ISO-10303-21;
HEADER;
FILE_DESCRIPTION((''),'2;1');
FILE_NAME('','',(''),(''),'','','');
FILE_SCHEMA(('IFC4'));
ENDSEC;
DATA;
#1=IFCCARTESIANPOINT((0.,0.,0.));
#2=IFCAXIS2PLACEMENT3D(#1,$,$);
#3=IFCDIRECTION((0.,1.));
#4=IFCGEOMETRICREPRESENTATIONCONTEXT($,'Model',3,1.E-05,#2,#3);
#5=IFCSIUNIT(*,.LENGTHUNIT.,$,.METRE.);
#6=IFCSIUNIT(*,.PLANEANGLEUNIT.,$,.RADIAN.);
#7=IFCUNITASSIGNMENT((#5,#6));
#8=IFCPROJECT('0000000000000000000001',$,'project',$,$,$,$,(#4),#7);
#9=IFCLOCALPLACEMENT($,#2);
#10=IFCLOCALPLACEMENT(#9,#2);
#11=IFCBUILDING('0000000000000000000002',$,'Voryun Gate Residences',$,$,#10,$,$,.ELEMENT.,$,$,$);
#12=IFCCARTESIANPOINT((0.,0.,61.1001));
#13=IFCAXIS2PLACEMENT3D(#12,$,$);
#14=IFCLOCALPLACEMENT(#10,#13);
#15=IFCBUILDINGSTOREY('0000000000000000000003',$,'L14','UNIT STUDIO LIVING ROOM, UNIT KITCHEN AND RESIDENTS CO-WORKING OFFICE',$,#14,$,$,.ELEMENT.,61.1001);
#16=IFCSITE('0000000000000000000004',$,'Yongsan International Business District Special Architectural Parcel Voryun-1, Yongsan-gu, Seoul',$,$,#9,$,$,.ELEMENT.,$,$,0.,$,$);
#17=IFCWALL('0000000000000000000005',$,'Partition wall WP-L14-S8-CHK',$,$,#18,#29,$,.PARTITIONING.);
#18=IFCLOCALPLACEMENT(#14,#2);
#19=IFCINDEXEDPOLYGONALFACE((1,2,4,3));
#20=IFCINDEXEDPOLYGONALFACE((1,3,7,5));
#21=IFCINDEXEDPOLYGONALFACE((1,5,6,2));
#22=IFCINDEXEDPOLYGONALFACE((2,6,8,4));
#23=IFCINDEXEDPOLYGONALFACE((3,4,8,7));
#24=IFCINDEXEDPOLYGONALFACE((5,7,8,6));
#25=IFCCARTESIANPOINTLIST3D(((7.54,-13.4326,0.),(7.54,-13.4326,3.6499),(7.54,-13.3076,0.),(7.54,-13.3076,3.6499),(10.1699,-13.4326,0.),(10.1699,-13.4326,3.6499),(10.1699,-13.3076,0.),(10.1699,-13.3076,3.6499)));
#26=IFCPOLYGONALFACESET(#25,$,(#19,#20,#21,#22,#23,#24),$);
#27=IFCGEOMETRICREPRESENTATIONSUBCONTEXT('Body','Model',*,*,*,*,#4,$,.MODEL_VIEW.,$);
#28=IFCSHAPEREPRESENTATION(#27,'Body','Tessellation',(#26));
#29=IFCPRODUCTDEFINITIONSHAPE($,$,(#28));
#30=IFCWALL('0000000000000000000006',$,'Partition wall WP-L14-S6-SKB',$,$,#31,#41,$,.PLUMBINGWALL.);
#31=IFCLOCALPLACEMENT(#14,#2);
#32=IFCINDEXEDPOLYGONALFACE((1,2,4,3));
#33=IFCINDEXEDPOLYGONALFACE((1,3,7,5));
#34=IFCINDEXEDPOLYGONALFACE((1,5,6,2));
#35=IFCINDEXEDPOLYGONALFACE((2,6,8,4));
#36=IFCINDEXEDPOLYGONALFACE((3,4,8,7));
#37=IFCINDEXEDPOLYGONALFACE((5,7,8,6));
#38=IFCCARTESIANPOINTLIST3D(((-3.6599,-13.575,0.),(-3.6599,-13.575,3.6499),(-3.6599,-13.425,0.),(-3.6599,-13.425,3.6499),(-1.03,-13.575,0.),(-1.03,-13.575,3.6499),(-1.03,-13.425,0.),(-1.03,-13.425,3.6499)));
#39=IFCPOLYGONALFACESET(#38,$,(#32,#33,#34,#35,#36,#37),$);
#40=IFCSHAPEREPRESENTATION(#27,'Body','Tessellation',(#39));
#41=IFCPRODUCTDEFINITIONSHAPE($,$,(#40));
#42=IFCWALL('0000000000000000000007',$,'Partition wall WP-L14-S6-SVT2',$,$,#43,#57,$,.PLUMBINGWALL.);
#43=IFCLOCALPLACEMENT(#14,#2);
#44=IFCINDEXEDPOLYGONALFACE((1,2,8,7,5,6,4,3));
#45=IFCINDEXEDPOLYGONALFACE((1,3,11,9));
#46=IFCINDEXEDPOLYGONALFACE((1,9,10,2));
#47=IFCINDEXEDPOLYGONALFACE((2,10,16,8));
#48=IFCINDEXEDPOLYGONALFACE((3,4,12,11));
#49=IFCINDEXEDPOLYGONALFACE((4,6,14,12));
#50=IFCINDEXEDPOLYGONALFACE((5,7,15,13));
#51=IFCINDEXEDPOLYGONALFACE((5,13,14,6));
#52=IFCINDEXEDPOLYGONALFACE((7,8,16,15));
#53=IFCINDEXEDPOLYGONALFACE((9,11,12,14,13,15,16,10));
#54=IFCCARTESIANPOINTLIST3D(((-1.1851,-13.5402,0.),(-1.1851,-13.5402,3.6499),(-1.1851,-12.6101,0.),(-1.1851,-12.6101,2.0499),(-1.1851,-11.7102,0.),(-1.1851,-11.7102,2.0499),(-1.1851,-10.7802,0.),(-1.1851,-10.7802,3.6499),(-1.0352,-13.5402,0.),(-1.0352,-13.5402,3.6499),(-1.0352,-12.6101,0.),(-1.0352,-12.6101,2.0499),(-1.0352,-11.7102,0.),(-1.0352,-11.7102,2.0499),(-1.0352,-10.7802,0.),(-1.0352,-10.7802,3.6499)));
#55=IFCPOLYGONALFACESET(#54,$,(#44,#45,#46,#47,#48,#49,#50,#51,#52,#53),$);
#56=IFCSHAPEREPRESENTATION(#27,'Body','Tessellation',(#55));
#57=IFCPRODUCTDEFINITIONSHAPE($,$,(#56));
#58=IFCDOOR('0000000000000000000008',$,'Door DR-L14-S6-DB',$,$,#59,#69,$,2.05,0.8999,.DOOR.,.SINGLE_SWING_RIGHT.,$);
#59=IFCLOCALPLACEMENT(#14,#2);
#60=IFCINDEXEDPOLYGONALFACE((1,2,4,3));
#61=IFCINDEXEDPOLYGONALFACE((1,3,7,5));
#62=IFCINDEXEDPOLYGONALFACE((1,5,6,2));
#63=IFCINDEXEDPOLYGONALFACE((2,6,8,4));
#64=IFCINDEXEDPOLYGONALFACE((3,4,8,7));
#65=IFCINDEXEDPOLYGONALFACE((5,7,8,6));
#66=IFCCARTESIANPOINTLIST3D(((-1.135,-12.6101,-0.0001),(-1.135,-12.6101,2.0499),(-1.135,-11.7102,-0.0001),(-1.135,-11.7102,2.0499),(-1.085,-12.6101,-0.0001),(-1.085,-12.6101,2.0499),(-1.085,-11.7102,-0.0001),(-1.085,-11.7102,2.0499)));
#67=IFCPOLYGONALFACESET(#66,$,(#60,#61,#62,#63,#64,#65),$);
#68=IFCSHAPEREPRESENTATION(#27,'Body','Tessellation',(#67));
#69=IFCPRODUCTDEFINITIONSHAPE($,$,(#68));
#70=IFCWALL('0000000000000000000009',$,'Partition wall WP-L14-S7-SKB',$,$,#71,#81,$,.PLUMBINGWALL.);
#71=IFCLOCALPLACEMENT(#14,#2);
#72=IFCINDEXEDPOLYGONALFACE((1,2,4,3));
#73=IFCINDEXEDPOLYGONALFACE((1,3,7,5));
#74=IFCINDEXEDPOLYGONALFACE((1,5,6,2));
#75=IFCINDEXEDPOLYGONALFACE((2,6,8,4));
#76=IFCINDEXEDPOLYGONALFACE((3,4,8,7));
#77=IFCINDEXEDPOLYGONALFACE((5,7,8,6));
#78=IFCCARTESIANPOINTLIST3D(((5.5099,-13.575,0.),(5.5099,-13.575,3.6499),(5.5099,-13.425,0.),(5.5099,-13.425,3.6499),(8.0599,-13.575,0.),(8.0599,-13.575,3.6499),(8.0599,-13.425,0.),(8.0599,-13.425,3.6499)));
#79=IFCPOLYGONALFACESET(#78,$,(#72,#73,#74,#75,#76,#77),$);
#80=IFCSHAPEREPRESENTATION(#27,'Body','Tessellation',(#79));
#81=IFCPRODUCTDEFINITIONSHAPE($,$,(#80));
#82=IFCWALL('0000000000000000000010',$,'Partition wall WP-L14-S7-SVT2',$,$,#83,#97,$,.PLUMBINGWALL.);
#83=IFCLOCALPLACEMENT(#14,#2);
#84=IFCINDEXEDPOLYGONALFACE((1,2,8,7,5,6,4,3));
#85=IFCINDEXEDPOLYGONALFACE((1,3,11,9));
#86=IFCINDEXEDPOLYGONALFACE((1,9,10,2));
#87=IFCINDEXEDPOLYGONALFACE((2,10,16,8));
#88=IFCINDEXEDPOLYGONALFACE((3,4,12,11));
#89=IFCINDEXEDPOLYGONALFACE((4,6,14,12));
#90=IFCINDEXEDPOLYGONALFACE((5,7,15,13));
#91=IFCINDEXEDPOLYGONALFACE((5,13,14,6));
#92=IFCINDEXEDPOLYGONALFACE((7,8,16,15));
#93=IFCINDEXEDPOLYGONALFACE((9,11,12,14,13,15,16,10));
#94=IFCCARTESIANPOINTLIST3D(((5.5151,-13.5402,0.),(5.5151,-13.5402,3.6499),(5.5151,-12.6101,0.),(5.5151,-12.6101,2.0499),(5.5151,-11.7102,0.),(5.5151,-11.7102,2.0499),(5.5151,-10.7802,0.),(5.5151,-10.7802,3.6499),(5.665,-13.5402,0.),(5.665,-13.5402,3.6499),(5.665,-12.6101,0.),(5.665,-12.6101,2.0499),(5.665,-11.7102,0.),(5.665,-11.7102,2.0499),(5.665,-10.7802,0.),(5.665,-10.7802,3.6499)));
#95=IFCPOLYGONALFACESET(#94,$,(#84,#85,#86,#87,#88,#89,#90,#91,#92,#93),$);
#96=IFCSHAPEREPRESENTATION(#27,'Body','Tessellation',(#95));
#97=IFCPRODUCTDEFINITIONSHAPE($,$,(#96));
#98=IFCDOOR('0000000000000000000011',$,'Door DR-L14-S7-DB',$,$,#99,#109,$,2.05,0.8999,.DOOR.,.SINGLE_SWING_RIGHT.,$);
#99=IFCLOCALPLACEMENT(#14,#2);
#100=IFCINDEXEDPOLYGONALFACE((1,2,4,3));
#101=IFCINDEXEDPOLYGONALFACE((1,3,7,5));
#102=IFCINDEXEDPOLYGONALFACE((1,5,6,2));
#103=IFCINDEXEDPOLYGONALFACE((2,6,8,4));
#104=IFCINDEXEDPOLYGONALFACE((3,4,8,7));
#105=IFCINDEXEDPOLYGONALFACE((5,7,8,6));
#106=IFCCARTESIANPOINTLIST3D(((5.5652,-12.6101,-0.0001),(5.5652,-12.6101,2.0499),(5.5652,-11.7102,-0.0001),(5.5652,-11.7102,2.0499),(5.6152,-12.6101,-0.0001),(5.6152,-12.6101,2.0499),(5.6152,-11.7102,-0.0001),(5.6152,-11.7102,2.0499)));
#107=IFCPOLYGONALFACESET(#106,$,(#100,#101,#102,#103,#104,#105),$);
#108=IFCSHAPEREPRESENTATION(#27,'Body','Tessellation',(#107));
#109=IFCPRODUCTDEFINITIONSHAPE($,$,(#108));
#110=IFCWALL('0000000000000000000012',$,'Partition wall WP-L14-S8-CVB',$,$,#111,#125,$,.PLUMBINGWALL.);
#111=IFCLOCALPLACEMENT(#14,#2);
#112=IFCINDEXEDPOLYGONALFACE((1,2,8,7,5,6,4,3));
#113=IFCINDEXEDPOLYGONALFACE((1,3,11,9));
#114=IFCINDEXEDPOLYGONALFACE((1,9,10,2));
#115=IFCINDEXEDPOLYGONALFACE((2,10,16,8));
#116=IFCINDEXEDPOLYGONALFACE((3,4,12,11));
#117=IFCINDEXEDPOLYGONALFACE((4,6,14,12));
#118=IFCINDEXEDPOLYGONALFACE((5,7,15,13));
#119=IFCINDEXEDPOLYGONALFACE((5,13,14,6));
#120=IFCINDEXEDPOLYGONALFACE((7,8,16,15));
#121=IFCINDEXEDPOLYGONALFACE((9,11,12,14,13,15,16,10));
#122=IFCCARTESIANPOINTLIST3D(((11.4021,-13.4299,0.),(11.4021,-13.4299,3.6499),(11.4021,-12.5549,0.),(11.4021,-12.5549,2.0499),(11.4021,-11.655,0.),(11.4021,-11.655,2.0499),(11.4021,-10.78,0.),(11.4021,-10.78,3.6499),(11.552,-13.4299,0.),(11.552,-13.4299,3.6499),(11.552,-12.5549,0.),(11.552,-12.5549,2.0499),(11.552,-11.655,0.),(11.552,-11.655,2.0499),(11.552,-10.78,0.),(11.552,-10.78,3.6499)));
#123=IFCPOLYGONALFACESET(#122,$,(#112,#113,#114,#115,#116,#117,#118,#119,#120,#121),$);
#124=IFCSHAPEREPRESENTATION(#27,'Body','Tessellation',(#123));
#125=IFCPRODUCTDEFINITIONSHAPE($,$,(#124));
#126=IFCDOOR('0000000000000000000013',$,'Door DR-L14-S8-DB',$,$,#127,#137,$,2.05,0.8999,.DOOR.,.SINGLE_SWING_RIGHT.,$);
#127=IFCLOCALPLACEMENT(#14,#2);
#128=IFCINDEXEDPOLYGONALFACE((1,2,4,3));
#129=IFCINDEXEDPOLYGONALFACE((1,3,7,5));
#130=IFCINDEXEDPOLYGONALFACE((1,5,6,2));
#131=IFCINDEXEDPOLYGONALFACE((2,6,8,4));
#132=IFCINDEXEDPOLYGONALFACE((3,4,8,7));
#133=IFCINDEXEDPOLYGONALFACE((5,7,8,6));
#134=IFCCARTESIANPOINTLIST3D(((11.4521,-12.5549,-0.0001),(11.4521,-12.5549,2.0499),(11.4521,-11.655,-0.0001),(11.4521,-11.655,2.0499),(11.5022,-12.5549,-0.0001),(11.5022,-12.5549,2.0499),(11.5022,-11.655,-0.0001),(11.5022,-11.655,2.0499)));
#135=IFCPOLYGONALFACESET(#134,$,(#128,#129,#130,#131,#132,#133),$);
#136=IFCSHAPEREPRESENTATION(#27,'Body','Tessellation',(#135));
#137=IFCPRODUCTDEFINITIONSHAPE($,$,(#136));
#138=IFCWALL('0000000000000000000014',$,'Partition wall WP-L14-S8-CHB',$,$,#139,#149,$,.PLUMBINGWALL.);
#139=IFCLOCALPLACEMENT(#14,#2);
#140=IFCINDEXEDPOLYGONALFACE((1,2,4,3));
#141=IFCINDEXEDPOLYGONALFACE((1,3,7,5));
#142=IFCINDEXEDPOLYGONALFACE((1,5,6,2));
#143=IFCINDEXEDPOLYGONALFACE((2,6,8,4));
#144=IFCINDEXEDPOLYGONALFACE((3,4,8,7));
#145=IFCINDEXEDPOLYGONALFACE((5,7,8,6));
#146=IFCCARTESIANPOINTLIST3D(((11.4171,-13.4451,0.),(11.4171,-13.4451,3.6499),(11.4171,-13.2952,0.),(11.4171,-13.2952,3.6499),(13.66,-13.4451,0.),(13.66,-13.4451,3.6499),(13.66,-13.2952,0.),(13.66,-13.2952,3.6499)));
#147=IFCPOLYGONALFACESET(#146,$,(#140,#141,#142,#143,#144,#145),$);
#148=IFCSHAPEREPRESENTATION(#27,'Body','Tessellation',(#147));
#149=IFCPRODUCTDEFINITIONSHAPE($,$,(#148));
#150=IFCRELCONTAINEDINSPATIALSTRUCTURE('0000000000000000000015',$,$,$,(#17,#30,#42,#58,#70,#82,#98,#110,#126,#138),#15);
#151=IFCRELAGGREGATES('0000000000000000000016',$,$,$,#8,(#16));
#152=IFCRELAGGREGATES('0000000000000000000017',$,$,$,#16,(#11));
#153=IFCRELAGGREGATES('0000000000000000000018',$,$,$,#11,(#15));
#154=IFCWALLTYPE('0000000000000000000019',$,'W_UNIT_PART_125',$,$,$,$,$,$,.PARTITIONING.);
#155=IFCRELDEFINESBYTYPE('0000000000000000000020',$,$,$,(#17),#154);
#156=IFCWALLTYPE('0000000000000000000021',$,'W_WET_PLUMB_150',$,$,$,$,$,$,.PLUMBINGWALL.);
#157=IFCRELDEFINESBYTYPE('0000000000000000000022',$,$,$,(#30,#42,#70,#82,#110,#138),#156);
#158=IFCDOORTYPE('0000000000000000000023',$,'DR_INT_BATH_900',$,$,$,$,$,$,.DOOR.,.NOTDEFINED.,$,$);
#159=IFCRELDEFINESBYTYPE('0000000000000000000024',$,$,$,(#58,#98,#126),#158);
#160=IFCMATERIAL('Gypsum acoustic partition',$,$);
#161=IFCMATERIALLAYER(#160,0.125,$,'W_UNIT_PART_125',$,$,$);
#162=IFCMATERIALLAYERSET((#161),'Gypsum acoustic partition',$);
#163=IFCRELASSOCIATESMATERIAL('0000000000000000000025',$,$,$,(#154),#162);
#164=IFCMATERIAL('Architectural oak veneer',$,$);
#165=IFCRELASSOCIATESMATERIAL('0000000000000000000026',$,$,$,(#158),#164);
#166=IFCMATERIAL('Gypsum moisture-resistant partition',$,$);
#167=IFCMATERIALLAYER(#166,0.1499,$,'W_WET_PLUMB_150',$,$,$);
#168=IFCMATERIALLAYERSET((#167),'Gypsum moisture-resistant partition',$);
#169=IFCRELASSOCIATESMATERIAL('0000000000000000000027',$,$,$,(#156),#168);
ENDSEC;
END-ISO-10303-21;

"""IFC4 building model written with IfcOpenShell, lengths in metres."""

from ifc_helpers import new_model, si_unit, direction, frame, frame_2d, origin, place, context, subcontext, project, spatial, rectangle, extrude, material, layer, layer_set, type_object, element, fill, save


model = new_model("IFC4")

# Units and contexts
model_context = context("Model", 3, precision=1e-05, world=origin(), true_north=direction((0.0, 1.0)))
body_context = subcontext(model_context, "Body", "Model", "MODEL_VIEW")
ifc_project = project(units=[si_unit("LENGTHUNIT", "METRE"), si_unit("PLANEANGLEUNIT", "RADIAN")], contexts=[model_context])

# Site, building, storey
site_placement = place(None, origin())
site = spatial("IfcSite", under=ifc_project, at=site_placement, Name="Yongsan International Business District Special Architectural Parcel Voryun-1, Yongsan-gu, Seoul", CompositionType="ELEMENT", RefElevation=0.0)
building_placement = place(site_placement, origin())
building = spatial("IfcBuilding", under=site, at=building_placement, Name="Voryun Gate Residences", CompositionType="ELEMENT")
storey_placement = place(building_placement, frame((0.0, 0.0, 61.1001)))
storey = spatial("IfcBuildingStorey", under=building, at=storey_placement, Name="L14", Description="UNIT STUDIO LIVING ROOM, UNIT KITCHEN AND RESIDENTS CO-WORKING OFFICE", CompositionType="ELEMENT", Elevation=61.1001)

# Shared definitions
ifc_material_1 = material(Name="Gypsum acoustic partition")
ifc_layer_1 = layer(ifc_material_1, 0.125, Name="W_UNIT_PART_125")
ifc_layer_set_1 = layer_set([ifc_layer_1], Name="Gypsum acoustic partition")
wall_type_1 = type_object("IfcWallType", Name="W_UNIT_PART_125", PredefinedType="PARTITIONING", material=ifc_layer_set_1)
ifc_material_2 = material(Name="Architectural oak veneer")
door_type_1 = type_object("IfcDoorType", Name="DR_INT_BATH_900", OperationType="NOTDEFINED", PredefinedType="DOOR", material=ifc_material_2)

# Walls
wall_1_placement = place(storey_placement, frame((7.54, -13.3701, 0.0), z_axis=(0.0, 0.0, 1.0), x_axis=(1.0, 0.0, 0.0)))
element("IfcWall", 1, at=wall_1_placement, inside=storey, type_object=wall_type_1, Name="Partition wall WP-L14-S8-CHK", PredefinedType="PARTITIONING", context=body_context, shape_type="SweptSolid", body=[
    extrude(rectangle(XDim=2.6299, YDim=0.125, at=frame_2d((1.3149, 0.0))), origin(), (0.0, 0.0, 1.0), 3.6499),
])
ifc_material_3 = material(Name="Gypsum moisture-resistant partition")
ifc_layer_2 = layer(ifc_material_3, 0.1499, Name="W_WET_PLUMB_150")
ifc_layer_set_2 = layer_set([ifc_layer_2], Name="Gypsum moisture-resistant partition")
wall_type_2 = type_object("IfcWallType", Name="W_WET_PLUMB_150", PredefinedType="PLUMBINGWALL", material=ifc_layer_set_2)
wall_2_placement = place(storey_placement, frame((-3.6599, -13.5, 0.0), z_axis=(0.0, 0.0, 1.0), x_axis=(1.0, 0.0, 0.0)))
element("IfcWall", 2, at=wall_2_placement, inside=storey, type_object=wall_type_2, Name="Partition wall WP-L14-S6-SKB", PredefinedType="PLUMBINGWALL", context=body_context, shape_type="SweptSolid", body=[
    extrude(rectangle(XDim=2.6299, YDim=0.1499, at=frame_2d((1.3149, 0.0))), origin(), (0.0, 0.0, 1.0), 3.6499),
])

# Wall, opening, door
wall_3_placement = place(storey_placement, frame((-1.1101, -13.54, 0.0), z_axis=(0.0, 0.0, 1.0), x_axis=(0.0, 1.0, 0.0)))
wall_3 = element("IfcWall", 3, at=wall_3_placement, inside=storey, type_object=wall_type_2, Name="Partition wall WP-L14-S6-SVT2", PredefinedType="PLUMBINGWALL", context=body_context, shape_type="SweptSolid", body=[
    extrude(rectangle(XDim=2.76, YDim=0.1499, at=frame_2d((1.3799, 0.0))), origin(), (0.0, 0.0, 1.0), 3.6499),
])
opening_1_placement = place(wall_3_placement, frame((0.9299, 0.0, 0.0)))
opening_1 = element("IfcOpeningElement", 4, at=opening_1_placement, cuts=wall_3, PredefinedType="OPENING", context=body_context, shape_type="SweptSolid", body=[
    extrude(rectangle(XDim=0.8999, YDim=2.05, at=frame_2d((0.45, 1.0249))), frame((0.0, 0.085, 0.0), z_axis=(0.0, -1.0, 0.0), x_axis=(1.0, 0.0, 0.0)), (0.0, 0.0, 1.0), 0.1699),
])
door_1_placement = place(opening_1_placement, origin())
door_1 = element("IfcDoor", 5, at=door_1_placement, inside=storey, type_object=door_type_1, Name="Door DR-L14-S6-DB", OperationType="SINGLE_SWING_RIGHT", OverallHeight=2.05, OverallWidth=0.8999, PredefinedType="DOOR", context=body_context, shape_type="SweptSolid", body=[
    extrude(rectangle(XDim=0.8999, YDim=2.05, at=frame_2d((0.45, 1.0249))), frame((0.0, 0.0249, 0.0), z_axis=(0.0, -1.0, 0.0), x_axis=(1.0, 0.0, 0.0)), (0.0, 0.0, 1.0), 0.05),
])
fill(opening_1, door_1)

# Wall
wall_4_placement = place(storey_placement, frame((5.51, -13.5, 0.0), z_axis=(0.0, 0.0, 1.0), x_axis=(1.0, 0.0, 0.0)))
element("IfcWall", 6, at=wall_4_placement, inside=storey, type_object=wall_type_2, Name="Partition wall WP-L14-S7-SKB", PredefinedType="PLUMBINGWALL", context=body_context, shape_type="SweptSolid", body=[
    extrude(rectangle(XDim=2.55, YDim=0.1499, at=frame_2d((1.2749, 0.0))), origin(), (0.0, 0.0, 1.0), 3.6499),
])

# Walls, openings, doors
wall_5_placement = place(storey_placement, frame((5.5901, -13.54, 0.0), z_axis=(0.0, 0.0, 1.0), x_axis=(0.0, 1.0, 0.0)))
wall_5 = element("IfcWall", 7, at=wall_5_placement, inside=storey, type_object=wall_type_2, Name="Partition wall WP-L14-S7-SVT2", PredefinedType="PLUMBINGWALL", context=body_context, shape_type="SweptSolid", body=[
    extrude(rectangle(XDim=2.76, YDim=0.1499, at=frame_2d((1.3799, 0.0))), origin(), (0.0, 0.0, 1.0), 3.6499),
])
opening_2_placement = place(wall_5_placement, frame((0.9299, 0.0, 0.0)))
opening_2 = element("IfcOpeningElement", 8, at=opening_2_placement, cuts=wall_5, PredefinedType="OPENING", context=body_context, shape_type="SweptSolid", body=[
    extrude(rectangle(XDim=0.8999, YDim=2.05, at=frame_2d((0.45, 1.0249))), frame((0.0, 0.085, 0.0), z_axis=(0.0, -1.0, 0.0), x_axis=(1.0, 0.0, 0.0)), (0.0, 0.0, 1.0), 0.1699),
])
door_2_placement = place(opening_2_placement, origin())
door_2 = element("IfcDoor", 9, at=door_2_placement, inside=storey, type_object=door_type_1, Name="Door DR-L14-S7-DB", OperationType="SINGLE_SWING_RIGHT", OverallHeight=2.05, OverallWidth=0.8999, PredefinedType="DOOR", context=body_context, shape_type="SweptSolid", body=[
    extrude(rectangle(XDim=0.8999, YDim=2.05, at=frame_2d((0.45, 1.0249))), frame((0.0, 0.0249, 0.0), z_axis=(0.0, -1.0, 0.0), x_axis=(1.0, 0.0, 0.0)), (0.0, 0.0, 1.0), 0.05),
])
fill(opening_2, door_2)
wall_6_placement = place(storey_placement, frame((11.4771, -13.4299, 0.0), z_axis=(0.0, 0.0, 1.0), x_axis=(0.0, 1.0, 0.0)))
wall_6 = element("IfcWall", 10, at=wall_6_placement, inside=storey, type_object=wall_type_2, Name="Partition wall WP-L14-S8-CVB", PredefinedType="PLUMBINGWALL", context=body_context, shape_type="SweptSolid", body=[
    extrude(rectangle(XDim=2.6499, YDim=0.1499, at=frame_2d((1.325, 0.0))), origin(), (0.0, 0.0, 1.0), 3.6499),
])
opening_3_placement = place(wall_6_placement, frame((0.875, 0.0, 0.0)))
opening_3 = element("IfcOpeningElement", 11, at=opening_3_placement, cuts=wall_6, PredefinedType="OPENING", context=body_context, shape_type="SweptSolid", body=[
    extrude(rectangle(XDim=0.8999, YDim=2.05, at=frame_2d((0.45, 1.0249))), frame((0.0, 0.085, 0.0), z_axis=(0.0, -1.0, 0.0), x_axis=(1.0, 0.0, 0.0)), (0.0, 0.0, 1.0), 0.1699),
])
door_3_placement = place(opening_3_placement, origin())
door_3 = element("IfcDoor", 12, at=door_3_placement, inside=storey, type_object=door_type_1, Name="Door DR-L14-S8-DB", OperationType="SINGLE_SWING_RIGHT", OverallHeight=2.05, OverallWidth=0.8999, PredefinedType="DOOR", context=body_context, shape_type="SweptSolid", body=[
    extrude(rectangle(XDim=0.8999, YDim=2.05, at=frame_2d((0.45, 1.0249))), frame((0.0, 0.0249, 0.0), z_axis=(0.0, -1.0, 0.0), x_axis=(1.0, 0.0, 0.0)), (0.0, 0.0, 1.0), 0.05),
])
fill(opening_3, door_3)

# Wall
wall_7_placement = place(storey_placement, frame((11.417, -13.3701, 0.0), z_axis=(0.0, 0.0, 1.0), x_axis=(1.0, 0.0, 0.0)))
element("IfcWall", 13, at=wall_7_placement, inside=storey, type_object=wall_type_2, Name="Partition wall WP-L14-S8-CHB", PredefinedType="PLUMBINGWALL", context=body_context, shape_type="SweptSolid", body=[
    extrude(rectangle(XDim=2.2429, YDim=0.1499, at=frame_2d((1.1216, 0.0))), origin(), (0.0, 0.0, 1.0), 3.6499),
])

save(model, "model.ifc")
